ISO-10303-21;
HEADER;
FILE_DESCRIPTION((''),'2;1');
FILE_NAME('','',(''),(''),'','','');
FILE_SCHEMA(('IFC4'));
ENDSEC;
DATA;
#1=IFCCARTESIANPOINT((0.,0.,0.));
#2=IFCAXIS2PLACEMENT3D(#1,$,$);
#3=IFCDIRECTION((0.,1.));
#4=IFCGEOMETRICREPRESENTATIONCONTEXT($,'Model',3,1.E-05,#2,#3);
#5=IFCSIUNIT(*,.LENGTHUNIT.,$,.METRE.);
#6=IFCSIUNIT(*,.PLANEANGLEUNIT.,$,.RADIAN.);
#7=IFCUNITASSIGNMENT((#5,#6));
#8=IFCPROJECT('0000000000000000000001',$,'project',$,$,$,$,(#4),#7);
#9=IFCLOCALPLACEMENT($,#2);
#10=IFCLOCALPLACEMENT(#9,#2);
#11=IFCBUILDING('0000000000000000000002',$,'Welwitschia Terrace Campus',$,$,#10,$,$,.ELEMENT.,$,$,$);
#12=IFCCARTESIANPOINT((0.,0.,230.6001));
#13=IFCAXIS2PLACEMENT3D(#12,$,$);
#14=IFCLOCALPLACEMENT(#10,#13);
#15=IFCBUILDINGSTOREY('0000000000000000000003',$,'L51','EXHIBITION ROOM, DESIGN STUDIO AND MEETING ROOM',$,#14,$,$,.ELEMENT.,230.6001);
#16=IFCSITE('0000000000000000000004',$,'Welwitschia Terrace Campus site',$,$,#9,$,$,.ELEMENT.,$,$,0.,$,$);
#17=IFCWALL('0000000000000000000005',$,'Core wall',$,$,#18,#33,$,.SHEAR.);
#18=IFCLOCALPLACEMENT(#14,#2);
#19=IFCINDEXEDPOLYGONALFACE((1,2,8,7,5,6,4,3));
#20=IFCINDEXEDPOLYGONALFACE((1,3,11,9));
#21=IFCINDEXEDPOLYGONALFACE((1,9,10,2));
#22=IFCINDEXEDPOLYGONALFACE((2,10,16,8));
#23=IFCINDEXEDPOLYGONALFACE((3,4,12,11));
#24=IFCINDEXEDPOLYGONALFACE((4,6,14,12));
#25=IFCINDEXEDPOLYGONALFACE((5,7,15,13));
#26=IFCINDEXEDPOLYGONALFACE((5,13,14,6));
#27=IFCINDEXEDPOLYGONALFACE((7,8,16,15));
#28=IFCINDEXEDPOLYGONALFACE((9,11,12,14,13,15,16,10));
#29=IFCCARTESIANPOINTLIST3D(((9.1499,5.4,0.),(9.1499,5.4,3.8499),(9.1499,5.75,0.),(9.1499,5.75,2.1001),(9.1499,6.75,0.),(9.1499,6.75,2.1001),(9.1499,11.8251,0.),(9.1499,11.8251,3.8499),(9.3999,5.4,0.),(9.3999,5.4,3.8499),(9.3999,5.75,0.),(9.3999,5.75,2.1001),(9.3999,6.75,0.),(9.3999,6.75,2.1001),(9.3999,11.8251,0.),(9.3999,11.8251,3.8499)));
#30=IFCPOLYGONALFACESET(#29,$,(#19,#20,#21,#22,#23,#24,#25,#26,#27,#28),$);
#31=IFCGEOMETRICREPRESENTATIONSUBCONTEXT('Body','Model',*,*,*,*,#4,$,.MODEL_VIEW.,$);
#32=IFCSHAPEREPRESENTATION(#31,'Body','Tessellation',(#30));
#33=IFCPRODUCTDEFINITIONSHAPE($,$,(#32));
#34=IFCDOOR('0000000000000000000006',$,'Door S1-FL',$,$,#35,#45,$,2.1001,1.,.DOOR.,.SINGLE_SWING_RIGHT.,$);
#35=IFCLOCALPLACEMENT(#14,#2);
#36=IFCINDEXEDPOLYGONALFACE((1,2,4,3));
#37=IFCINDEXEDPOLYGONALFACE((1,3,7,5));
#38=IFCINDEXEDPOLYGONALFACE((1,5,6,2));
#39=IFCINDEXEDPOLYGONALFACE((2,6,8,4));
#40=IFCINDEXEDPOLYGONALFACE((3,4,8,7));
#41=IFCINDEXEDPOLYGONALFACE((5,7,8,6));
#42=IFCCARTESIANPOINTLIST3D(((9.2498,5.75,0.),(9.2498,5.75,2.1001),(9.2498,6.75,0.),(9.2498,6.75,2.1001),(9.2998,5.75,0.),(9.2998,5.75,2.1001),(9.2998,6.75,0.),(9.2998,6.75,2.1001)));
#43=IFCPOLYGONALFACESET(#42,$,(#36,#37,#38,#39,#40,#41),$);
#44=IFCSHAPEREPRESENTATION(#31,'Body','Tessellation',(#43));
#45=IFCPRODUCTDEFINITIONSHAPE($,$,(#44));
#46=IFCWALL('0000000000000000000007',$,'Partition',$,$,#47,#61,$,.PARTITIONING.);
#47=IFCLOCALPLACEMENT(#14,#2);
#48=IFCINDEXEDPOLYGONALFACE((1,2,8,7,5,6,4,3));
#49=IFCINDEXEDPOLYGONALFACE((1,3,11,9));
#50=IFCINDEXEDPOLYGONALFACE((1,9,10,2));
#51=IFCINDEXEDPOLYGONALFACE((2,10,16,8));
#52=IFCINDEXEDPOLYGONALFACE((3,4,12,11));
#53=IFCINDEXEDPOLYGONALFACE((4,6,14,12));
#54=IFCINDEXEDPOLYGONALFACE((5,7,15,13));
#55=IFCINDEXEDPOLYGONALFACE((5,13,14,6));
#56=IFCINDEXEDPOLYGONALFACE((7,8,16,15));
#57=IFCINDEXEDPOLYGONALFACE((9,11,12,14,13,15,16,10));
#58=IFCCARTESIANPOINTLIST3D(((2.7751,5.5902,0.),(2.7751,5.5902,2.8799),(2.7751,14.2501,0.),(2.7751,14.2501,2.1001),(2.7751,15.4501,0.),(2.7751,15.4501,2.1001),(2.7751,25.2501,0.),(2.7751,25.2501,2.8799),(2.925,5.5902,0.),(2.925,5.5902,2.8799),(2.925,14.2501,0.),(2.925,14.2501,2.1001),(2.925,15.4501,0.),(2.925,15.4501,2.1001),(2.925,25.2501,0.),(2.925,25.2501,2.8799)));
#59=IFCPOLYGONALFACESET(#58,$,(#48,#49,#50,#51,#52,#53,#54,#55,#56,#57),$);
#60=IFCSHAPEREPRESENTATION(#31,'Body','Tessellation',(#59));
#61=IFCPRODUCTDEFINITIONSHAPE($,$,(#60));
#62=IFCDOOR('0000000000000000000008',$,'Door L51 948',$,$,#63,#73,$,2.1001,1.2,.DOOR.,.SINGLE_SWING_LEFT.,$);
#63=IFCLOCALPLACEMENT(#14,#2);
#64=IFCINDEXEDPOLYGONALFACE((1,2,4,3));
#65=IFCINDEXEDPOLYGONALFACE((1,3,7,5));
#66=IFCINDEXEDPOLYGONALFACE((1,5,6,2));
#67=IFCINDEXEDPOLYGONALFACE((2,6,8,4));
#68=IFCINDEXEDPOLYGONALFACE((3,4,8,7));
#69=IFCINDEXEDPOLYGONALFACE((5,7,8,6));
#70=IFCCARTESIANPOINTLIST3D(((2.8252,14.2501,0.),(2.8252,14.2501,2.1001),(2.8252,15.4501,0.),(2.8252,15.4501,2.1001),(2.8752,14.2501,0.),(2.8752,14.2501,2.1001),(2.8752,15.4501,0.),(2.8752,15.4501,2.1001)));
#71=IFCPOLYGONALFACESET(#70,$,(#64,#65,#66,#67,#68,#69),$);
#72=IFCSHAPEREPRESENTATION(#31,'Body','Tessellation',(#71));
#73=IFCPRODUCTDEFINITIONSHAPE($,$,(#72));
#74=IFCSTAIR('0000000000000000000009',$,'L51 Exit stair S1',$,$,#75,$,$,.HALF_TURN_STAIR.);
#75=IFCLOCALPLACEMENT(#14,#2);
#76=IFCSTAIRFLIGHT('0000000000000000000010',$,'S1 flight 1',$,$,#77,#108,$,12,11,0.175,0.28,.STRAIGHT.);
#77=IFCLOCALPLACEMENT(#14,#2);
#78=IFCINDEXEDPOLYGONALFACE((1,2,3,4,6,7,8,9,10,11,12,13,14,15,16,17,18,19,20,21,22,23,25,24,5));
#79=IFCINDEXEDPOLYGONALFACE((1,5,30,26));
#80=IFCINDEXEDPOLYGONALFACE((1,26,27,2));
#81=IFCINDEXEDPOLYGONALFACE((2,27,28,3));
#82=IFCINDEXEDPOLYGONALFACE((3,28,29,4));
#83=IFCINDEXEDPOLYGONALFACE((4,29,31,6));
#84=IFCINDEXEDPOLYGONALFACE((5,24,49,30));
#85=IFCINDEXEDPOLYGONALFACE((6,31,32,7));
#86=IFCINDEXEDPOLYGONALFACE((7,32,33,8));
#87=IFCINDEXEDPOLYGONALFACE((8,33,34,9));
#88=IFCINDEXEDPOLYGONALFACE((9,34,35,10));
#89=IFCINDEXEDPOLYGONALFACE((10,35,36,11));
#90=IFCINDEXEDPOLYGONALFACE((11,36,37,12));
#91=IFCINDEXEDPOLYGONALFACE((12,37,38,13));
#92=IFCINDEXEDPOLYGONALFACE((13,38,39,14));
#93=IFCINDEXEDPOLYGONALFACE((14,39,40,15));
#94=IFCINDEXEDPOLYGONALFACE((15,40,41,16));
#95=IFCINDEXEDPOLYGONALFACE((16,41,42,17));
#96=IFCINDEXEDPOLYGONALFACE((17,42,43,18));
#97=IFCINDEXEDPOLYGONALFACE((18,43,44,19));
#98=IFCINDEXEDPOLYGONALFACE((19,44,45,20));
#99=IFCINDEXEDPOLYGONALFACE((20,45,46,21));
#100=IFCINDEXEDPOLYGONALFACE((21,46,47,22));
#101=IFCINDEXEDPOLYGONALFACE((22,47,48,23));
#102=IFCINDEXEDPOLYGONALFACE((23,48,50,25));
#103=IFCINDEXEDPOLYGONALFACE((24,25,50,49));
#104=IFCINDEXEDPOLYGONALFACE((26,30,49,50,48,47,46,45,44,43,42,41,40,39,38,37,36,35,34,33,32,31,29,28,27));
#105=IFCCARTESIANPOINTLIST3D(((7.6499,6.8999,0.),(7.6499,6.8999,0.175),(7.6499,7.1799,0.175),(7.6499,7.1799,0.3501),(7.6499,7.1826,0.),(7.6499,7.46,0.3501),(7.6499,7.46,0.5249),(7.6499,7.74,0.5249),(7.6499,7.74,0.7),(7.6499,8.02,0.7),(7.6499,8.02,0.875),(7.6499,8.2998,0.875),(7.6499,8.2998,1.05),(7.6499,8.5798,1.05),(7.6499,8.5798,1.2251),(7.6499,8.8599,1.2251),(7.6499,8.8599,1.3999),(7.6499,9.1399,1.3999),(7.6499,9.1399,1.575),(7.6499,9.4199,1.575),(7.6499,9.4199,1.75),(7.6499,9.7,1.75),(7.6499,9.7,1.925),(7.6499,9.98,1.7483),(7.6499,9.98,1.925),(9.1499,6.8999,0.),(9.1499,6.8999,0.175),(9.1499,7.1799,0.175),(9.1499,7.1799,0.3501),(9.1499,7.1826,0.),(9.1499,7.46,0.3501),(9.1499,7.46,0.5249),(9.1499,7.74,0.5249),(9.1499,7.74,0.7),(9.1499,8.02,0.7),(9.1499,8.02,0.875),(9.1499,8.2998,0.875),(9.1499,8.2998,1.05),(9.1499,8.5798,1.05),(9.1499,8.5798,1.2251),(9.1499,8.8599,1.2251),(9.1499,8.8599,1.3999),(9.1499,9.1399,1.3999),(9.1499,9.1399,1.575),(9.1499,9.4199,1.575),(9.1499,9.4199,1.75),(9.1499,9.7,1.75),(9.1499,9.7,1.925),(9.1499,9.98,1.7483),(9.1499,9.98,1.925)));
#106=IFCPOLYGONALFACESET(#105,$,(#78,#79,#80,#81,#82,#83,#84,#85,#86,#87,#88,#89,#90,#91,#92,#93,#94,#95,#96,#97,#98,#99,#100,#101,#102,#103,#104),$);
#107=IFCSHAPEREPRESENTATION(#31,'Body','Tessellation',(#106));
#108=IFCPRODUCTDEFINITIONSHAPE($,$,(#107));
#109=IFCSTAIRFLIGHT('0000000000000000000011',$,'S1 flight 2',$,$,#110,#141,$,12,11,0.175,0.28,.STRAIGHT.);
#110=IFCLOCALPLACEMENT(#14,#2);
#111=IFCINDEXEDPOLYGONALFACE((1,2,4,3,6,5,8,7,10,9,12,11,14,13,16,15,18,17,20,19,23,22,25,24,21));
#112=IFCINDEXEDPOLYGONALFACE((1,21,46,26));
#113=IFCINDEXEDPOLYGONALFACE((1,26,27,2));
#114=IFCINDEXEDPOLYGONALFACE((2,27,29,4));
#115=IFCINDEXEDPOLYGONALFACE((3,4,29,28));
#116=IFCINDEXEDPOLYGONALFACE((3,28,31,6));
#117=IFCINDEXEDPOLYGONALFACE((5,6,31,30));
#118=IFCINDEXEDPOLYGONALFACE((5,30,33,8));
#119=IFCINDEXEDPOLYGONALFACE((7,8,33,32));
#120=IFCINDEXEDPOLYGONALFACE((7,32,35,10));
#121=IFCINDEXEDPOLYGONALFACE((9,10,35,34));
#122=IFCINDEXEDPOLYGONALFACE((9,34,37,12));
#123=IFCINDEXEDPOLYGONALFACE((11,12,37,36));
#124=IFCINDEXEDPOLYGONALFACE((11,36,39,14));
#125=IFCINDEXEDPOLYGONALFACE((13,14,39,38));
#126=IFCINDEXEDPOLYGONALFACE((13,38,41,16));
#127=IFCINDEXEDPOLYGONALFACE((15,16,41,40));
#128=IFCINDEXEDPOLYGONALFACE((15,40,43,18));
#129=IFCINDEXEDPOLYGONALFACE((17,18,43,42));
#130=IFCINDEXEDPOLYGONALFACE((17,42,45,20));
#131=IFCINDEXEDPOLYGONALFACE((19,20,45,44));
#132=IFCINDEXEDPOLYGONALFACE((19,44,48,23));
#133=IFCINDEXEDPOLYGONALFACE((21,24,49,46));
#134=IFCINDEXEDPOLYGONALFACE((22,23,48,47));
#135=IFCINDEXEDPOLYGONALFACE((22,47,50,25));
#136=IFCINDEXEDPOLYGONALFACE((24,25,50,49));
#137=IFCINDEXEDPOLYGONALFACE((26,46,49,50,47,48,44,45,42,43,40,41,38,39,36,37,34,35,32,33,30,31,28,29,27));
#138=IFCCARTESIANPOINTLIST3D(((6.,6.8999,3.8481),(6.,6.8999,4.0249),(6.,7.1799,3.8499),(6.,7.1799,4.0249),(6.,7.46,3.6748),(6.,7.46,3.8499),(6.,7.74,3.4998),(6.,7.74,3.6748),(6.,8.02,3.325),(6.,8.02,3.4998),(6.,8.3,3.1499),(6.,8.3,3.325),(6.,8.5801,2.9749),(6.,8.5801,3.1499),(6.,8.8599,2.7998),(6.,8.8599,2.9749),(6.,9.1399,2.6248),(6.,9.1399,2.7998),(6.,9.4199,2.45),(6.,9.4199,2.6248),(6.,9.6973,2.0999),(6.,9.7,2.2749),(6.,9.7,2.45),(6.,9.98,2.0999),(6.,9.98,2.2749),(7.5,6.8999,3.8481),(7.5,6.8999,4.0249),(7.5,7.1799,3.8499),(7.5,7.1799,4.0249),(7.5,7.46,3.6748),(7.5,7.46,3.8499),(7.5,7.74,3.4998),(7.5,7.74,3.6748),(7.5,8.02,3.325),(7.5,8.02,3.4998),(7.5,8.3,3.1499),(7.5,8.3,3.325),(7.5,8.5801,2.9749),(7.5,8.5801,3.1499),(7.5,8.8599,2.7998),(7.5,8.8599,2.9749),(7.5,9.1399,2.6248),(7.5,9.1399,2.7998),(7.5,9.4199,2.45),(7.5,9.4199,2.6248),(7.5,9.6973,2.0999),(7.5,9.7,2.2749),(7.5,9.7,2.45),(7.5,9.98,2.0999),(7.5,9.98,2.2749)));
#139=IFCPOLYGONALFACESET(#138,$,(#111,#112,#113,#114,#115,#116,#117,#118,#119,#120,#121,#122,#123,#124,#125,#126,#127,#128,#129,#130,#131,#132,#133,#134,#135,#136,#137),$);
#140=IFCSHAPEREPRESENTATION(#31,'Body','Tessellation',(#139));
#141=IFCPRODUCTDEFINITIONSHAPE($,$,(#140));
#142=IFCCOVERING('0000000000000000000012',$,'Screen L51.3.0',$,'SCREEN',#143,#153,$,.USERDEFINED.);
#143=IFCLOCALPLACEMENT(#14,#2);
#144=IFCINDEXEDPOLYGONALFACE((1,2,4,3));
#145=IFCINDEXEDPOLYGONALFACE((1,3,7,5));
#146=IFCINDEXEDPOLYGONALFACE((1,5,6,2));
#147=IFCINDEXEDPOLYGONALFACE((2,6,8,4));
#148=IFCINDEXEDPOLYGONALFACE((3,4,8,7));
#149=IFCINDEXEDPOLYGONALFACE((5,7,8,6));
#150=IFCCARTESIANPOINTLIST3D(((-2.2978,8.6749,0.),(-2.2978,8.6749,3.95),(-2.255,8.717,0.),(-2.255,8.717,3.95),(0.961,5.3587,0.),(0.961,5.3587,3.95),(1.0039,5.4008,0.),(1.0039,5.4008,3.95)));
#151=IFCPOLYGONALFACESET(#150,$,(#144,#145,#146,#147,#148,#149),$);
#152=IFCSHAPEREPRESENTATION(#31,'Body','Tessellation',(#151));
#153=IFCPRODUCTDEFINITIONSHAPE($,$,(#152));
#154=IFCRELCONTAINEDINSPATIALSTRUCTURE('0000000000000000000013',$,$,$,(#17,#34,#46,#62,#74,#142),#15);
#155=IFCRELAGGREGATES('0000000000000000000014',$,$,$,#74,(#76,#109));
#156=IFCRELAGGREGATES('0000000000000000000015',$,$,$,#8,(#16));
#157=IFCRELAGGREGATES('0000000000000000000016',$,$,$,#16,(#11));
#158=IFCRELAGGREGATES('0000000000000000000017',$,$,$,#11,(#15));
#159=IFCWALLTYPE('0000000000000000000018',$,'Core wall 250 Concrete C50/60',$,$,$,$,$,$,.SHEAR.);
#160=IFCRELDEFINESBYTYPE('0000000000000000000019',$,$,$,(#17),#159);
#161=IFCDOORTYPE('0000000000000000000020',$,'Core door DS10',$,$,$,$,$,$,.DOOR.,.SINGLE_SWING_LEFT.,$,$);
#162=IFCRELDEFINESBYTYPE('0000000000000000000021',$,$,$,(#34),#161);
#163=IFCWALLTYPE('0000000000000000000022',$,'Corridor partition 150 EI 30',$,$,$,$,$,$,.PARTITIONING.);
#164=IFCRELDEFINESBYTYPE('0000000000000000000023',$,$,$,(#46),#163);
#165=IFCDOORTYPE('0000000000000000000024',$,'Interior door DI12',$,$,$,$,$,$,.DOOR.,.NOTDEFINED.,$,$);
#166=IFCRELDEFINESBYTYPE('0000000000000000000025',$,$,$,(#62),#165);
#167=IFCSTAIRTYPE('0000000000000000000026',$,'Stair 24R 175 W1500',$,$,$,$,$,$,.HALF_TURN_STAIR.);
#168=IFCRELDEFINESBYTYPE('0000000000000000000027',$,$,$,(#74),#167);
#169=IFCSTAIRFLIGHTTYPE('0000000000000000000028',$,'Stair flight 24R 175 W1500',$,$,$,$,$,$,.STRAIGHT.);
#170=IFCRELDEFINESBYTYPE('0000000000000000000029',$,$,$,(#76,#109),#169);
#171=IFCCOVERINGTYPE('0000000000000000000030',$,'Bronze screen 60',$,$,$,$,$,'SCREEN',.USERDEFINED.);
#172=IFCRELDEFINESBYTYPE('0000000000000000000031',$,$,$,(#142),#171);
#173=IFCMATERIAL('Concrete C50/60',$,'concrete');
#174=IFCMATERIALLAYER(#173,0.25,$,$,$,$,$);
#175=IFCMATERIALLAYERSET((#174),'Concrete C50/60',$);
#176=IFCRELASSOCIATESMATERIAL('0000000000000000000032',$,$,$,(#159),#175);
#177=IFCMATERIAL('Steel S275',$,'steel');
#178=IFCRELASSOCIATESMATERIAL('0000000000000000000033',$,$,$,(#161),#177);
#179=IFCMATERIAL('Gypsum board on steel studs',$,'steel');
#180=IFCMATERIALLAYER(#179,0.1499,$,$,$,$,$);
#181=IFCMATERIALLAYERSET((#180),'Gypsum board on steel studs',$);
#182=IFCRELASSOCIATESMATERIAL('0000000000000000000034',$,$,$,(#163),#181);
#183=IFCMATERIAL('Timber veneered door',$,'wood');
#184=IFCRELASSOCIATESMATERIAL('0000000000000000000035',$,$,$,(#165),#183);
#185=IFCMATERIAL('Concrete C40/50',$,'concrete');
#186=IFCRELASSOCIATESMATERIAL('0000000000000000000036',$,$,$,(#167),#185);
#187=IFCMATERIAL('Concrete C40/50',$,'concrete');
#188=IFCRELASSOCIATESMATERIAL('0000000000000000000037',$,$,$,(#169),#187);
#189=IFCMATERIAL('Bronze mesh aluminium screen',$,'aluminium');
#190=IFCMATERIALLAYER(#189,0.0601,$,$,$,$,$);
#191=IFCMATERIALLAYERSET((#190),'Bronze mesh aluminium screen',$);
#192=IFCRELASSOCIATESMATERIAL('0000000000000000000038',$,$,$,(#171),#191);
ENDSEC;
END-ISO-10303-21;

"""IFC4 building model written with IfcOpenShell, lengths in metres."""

from ifc_helpers import new_model, si_unit, direction, frame, frame_2d, origin, origin_2d, place, context, subcontext, project, spatial, polyline, rectangle, outline, extrude, material, layer, layer_set, type_object, element, fill, aggregate, save


model = new_model("IFC4")

# Units and contexts
model_context = context("Model", 3, precision=1e-05, world=origin(), true_north=direction((0.0, 1.0)))
body_context = subcontext(model_context, "Body", "Model", "MODEL_VIEW")
ifc_project = project(units=[si_unit("LENGTHUNIT", "METRE"), si_unit("PLANEANGLEUNIT", "RADIAN")], contexts=[model_context])

# Site, building, storey
site_placement = place(None, origin())
site = spatial("IfcSite", under=ifc_project, at=site_placement, Name="Welwitschia Terrace Campus site", CompositionType="ELEMENT", RefElevation=0.0)
building_placement = place(site_placement, origin())
building = spatial("IfcBuilding", under=site, at=building_placement, Name="Welwitschia Terrace Campus", CompositionType="ELEMENT")
storey_placement = place(building_placement, frame((0.0, 0.0, 230.6001)))
storey = spatial("IfcBuildingStorey", under=building, at=storey_placement, Name="L51", Description="EXHIBITION ROOM, DESIGN STUDIO AND MEETING ROOM", CompositionType="ELEMENT", Elevation=230.6001)

# Shared definitions
ifc_material_1 = material(Name="Concrete C50/60", Category="concrete")
ifc_layer_1 = layer(ifc_material_1, 0.25)
ifc_layer_set_1 = layer_set([ifc_layer_1], Name="Concrete C50/60")
wall_type_1 = type_object("IfcWallType", Name="Core wall 250 Concrete C50/60", PredefinedType="SHEAR", material=ifc_layer_set_1)

# Walls, openings, doors
wall_1_placement = place(storey_placement, frame((9.2749, 11.825, 0.0), z_axis=(0.0, 0.0, 1.0), x_axis=(0.0, -1.0, 0.0)))
wall_1 = element("IfcWall", 1, at=wall_1_placement, inside=storey, type_object=wall_type_1, Name="Core wall", PredefinedType="SHEAR", context=body_context, shape_type="SweptSolid", body=[
    extrude(rectangle(XDim=6.425, YDim=0.25, at=frame_2d((3.2124, 0.0))), origin(), (0.0, 0.0, 1.0), 3.8499),
])
opening_1_placement = place(wall_1_placement, frame((5.075, 0.0, 0.0)))
opening_1 = element("IfcOpeningElement", 2, at=opening_1_placement, cuts=wall_1, PredefinedType="OPENING", context=body_context, shape_type="SweptSolid", body=[
    extrude(rectangle(XDim=1.0, YDim=2.1001, at=frame_2d((0.5, 1.05))), frame((0.0, 0.135, 0.0), z_axis=(0.0, -1.0, 0.0), x_axis=(1.0, 0.0, 0.0)), (0.0, 0.0, 1.0), 0.27),
])
ifc_material_2 = material(Name="Steel S275", Category="steel")
door_type_1 = type_object("IfcDoorType", Name="Core door DS10", OperationType="SINGLE_SWING_LEFT", PredefinedType="DOOR", material=ifc_material_2)
door_1_placement = place(opening_1_placement, origin())
door_1 = element("IfcDoor", 3, at=door_1_placement, inside=storey, type_object=door_type_1, Name="Door S1-FL", OperationType="SINGLE_SWING_RIGHT", OverallHeight=2.1001, OverallWidth=1.0, PredefinedType="DOOR", context=body_context, shape_type="SweptSolid", body=[
    extrude(rectangle(XDim=1.0, YDim=2.1001, at=frame_2d((0.5, 1.05))), frame((0.0, 0.0249, 0.0), z_axis=(0.0, -1.0, 0.0), x_axis=(1.0, 0.0, 0.0)), (0.0, 0.0, 1.0), 0.05),
])
fill(opening_1, door_1)
ifc_material_3 = material(Name="Gypsum board on steel studs", Category="steel")
ifc_layer_2 = layer(ifc_material_3, 0.1499)
ifc_layer_set_2 = layer_set([ifc_layer_2], Name="Gypsum board on steel studs")
wall_type_2 = type_object("IfcWallType", Name="Corridor partition 150 EI 30", PredefinedType="PARTITIONING", material=ifc_layer_set_2)
wall_2_placement = place(storey_placement, frame((2.8501, 5.5901, 0.0), z_axis=(0.0, 0.0, 1.0), x_axis=(0.0, 1.0, 0.0)))
wall_2 = element("IfcWall", 4, at=wall_2_placement, inside=storey, type_object=wall_type_2, Name="Partition", PredefinedType="PARTITIONING", context=body_context, shape_type="SweptSolid", body=[
    extrude(rectangle(XDim=19.6599, YDim=0.1499, at=frame_2d((9.8301, 0.0))), origin(), (0.0, 0.0, 1.0), 2.8799),
])
opening_2_placement = place(wall_2_placement, frame((8.6599, 0.0, 0.0)))
opening_2 = element("IfcOpeningElement", 5, at=opening_2_placement, cuts=wall_2, PredefinedType="OPENING", context=body_context, shape_type="SweptSolid", body=[
    extrude(rectangle(XDim=1.2, YDim=2.1001, at=frame_2d((0.6001, 1.05))), frame((0.0, 0.085, 0.0), z_axis=(0.0, -1.0, 0.0), x_axis=(1.0, 0.0, 0.0)), (0.0, 0.0, 1.0), 0.1699),
])
ifc_material_4 = material(Name="Timber veneered door", Category="wood")
door_type_2 = type_object("IfcDoorType", Name="Interior door DI12", OperationType="NOTDEFINED", PredefinedType="DOOR", material=ifc_material_4)
door_2_placement = place(opening_2_placement, origin())
door_2 = element("IfcDoor", 6, at=door_2_placement, inside=storey, type_object=door_type_2, Name="Door L51 948", OperationType="SINGLE_SWING_LEFT", OverallHeight=2.1001, OverallWidth=1.2, PredefinedType="DOOR", context=body_context, shape_type="SweptSolid", body=[
    extrude(rectangle(XDim=1.2, YDim=2.1001, at=frame_2d((0.6001, 1.05))), frame((0.0, 0.0249, 0.0), z_axis=(0.0, -1.0, 0.0), x_axis=(1.0, 0.0, 0.0)), (0.0, 0.0, 1.0), 0.05),
])
fill(opening_2, door_2)

# Stair, stair flights
ifc_material_5 = material(Name="Concrete C40/50", Category="concrete")
stair_type = type_object("IfcStairType", Name="Stair 24R 175 W1500", PredefinedType="HALF_TURN_STAIR", material=ifc_material_5)
stair_placement = place(storey_placement, origin())
stair = element("IfcStair", 7, at=stair_placement, inside=storey, type_object=stair_type, Name="L51 Exit stair S1", PredefinedType="HALF_TURN_STAIR")
ifc_material_6 = material(Name="Concrete C40/50", Category="concrete")
stair_flight_type = type_object("IfcStairFlightType", Name="Stair flight 24R 175 W1500", PredefinedType="STRAIGHT", material=ifc_material_6)
stair_flight_1_placement = place(storey_placement, frame((8.3999, 6.8999, 0.0), z_axis=(0.0, 0.0, 1.0), x_axis=(0.0, 1.0, 0.0)))
stair_flight_1 = element("IfcStairFlight", 8, at=stair_flight_1_placement, type_object=stair_flight_type, Name="S1 flight 1", NumberOfRisers=12, NumberOfTreads=11, PredefinedType="STRAIGHT", RiserHeight=0.175, TreadLength=0.28, context=body_context, shape_type="SweptSolid", body=[
    extrude(outline(polyline([(0.0, 0.0), (0.0, 0.175), (0.28, 0.175), (0.28, 0.3501), (0.5601, 0.3501), (0.5601, 0.5249), (0.8401, 0.5249), (0.8401, 0.7), (1.1201, 0.7), (1.1201, 0.875), (1.3999, 0.875), (1.3999, 1.05), (1.6799, 1.05), (1.6799, 1.2251), (1.96, 1.2251), (1.96, 1.3999), (2.24, 1.3999), (2.24, 1.575), (2.52, 1.575), (2.52, 1.75), (2.8, 1.75), (2.8, 1.925), (3.0801, 1.925), (3.0801, 2.1001), (3.0801, 1.7483), (0.2827, 0.0), (0.0, 0.0)])), frame((0.0, 0.75, 0.0), z_axis=(0.0, -1.0, 0.0), x_axis=(1.0, 0.0, 0.0)), (0.0, 0.0, 1.0), 1.5),
])
stair_flight_2_placement = place(storey_placement, frame((6.75, 9.98, 2.0999), z_axis=(0.0, 0.0, 1.0), x_axis=(0.0, -1.0, 0.0)))
stair_flight_2 = element("IfcStairFlight", 9, at=stair_flight_2_placement, type_object=stair_flight_type, Name="S1 flight 2", NumberOfRisers=12, NumberOfTreads=11, PredefinedType="STRAIGHT", RiserHeight=0.175, TreadLength=0.28, context=body_context, shape_type="SweptSolid", body=[
    extrude(outline(polyline([(0.0, 0.0), (0.0, 0.175), (0.28, 0.175), (0.28, 0.3501), (0.5601, 0.3501), (0.5601, 0.5249), (0.8401, 0.5249), (0.8401, 0.7), (1.1201, 0.7), (1.1201, 0.875), (1.3999, 0.875), (1.3999, 1.05), (1.6799, 1.05), (1.6799, 1.2251), (1.96, 1.2251), (1.96, 1.3999), (2.24, 1.3999), (2.24, 1.575), (2.52, 1.575), (2.52, 1.75), (2.8, 1.75), (2.8, 1.925), (3.0801, 1.925), (3.0801, 2.1001), (3.0801, 1.7483), (0.2827, 0.0), (0.0, 0.0)])), frame((0.0, 0.75, 0.0), z_axis=(0.0, -1.0, 0.0), x_axis=(1.0, 0.0, 0.0)), (0.0, 0.0, 1.0), 1.5),
])
aggregate(stair, [stair_flight_1, stair_flight_2])

# Covering
ifc_material_7 = material(Name="Bronze mesh aluminium screen", Category="aluminium")
ifc_layer_3 = layer(ifc_material_7, 0.0601)
ifc_layer_set_3 = layer_set([ifc_layer_3], Name="Bronze mesh aluminium screen")
covering_type = type_object("IfcCoveringType", Name="Bronze screen 60", ElementType="SCREEN", PredefinedType="USERDEFINED", material=ifc_layer_set_3)
covering_placement = place(storey_placement, frame((-0.647, 7.0378, 0.0), z_axis=(0.0, 0.0, 1.0), x_axis=(0.700909, -0.71325, 0.0)))
element("IfcCovering", 10, at=covering_placement, inside=storey, type_object=covering_type, Name="Screen L51.3.0", ObjectType="SCREEN", PredefinedType="USERDEFINED", context=body_context, shape_type="SweptSolid", body=[
    extrude(rectangle(XDim=4.6494, YDim=0.0601, at=origin_2d()), origin(), (0.0, 0.0, 1.0), 3.95),
])

save(model, "model.ifc")
